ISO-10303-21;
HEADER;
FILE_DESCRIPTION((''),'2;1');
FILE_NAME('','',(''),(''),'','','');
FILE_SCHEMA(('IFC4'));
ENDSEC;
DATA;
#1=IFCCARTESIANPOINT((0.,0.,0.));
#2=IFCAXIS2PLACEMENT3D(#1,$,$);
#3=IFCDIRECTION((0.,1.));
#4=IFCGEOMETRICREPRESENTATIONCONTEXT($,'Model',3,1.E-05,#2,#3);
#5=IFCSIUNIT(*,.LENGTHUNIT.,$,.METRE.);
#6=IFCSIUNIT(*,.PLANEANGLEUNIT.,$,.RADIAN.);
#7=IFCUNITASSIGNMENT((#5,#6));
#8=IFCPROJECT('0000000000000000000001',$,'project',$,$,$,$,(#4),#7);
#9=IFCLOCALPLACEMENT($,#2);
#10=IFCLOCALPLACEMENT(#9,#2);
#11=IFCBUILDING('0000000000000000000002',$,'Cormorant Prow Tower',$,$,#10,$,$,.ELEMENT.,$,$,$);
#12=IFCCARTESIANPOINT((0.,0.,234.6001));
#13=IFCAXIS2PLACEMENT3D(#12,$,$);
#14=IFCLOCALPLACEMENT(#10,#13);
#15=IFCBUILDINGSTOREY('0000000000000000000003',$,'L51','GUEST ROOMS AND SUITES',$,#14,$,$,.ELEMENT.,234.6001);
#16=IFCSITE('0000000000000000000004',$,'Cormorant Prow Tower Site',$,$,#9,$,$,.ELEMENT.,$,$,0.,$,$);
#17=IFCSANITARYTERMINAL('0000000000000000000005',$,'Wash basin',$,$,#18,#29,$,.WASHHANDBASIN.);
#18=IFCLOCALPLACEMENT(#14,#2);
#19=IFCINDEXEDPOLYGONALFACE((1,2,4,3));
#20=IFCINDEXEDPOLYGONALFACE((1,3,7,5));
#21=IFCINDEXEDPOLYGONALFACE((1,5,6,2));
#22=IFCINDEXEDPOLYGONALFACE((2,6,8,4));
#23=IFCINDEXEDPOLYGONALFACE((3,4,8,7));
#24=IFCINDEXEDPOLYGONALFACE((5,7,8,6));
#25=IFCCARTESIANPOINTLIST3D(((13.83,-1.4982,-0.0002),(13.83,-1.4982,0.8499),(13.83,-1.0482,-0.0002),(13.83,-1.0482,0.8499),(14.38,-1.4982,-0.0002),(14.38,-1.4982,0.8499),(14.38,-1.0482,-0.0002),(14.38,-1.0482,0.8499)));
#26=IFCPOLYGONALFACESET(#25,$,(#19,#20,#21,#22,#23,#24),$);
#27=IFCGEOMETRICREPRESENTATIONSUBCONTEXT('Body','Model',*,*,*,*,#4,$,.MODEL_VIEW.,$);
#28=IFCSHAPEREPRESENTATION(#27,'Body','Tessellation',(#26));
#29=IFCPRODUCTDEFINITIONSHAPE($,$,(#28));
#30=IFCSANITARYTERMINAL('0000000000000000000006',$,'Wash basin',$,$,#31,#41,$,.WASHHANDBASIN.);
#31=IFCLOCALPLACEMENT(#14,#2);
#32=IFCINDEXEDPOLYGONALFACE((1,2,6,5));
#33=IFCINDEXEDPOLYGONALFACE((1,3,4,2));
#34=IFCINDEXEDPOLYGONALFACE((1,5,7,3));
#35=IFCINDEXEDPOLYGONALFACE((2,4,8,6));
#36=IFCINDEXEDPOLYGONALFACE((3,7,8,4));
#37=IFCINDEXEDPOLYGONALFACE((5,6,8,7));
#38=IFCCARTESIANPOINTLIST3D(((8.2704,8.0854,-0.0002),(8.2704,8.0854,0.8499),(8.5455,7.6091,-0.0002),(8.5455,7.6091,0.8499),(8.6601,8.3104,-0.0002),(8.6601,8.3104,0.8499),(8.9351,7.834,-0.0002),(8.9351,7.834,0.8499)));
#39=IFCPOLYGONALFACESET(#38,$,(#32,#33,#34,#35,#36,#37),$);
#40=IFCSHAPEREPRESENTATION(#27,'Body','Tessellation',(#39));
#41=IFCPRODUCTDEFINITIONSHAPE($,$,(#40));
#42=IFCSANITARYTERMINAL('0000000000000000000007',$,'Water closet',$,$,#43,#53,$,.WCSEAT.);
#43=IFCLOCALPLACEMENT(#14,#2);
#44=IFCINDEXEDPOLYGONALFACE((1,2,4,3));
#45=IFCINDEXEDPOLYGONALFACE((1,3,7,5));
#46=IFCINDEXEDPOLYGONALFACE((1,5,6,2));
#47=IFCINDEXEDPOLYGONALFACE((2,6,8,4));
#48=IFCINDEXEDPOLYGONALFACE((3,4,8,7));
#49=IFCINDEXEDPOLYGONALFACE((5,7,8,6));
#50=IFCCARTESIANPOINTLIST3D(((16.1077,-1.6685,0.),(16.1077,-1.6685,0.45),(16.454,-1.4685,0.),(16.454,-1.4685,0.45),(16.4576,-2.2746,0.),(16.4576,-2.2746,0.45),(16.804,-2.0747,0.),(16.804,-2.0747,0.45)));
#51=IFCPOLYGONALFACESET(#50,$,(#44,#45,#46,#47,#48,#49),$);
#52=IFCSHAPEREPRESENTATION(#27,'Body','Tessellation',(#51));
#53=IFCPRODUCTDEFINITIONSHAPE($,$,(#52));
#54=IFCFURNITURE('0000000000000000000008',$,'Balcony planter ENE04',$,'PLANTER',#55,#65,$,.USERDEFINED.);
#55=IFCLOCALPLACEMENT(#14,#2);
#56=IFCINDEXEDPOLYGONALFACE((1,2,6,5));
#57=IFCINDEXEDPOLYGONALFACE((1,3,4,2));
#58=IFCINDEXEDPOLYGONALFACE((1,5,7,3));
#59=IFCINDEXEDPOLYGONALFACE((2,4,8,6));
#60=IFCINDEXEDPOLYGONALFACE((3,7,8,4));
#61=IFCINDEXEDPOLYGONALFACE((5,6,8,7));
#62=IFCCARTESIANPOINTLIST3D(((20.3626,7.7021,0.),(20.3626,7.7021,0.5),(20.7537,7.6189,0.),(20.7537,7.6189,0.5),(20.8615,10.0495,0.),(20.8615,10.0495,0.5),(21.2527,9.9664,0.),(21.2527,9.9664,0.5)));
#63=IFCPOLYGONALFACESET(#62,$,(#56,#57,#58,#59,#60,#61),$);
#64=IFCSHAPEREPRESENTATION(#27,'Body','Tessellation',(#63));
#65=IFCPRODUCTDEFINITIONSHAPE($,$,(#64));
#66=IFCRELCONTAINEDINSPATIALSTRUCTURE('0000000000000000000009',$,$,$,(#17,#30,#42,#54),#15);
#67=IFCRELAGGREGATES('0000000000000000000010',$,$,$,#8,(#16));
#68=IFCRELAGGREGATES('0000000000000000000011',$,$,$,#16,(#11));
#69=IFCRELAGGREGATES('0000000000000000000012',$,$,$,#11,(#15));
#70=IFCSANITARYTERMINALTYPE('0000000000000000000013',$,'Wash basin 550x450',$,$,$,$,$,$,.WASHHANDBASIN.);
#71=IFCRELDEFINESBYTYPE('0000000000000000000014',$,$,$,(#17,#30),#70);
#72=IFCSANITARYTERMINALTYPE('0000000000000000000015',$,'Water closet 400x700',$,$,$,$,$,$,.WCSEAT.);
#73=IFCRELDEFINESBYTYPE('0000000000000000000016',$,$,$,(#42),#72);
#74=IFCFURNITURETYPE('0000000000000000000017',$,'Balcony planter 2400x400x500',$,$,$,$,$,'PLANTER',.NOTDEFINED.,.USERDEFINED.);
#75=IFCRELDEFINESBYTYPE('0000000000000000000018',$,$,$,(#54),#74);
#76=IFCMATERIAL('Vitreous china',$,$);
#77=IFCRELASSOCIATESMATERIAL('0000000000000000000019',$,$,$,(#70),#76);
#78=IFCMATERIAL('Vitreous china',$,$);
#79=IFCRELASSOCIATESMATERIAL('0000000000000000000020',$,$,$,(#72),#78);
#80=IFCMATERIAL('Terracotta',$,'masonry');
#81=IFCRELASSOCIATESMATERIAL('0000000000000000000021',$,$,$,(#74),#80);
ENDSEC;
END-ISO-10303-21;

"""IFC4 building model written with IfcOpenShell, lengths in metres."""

from ifc_helpers import new_model, si_unit, direction, frame, origin, origin_2d, place, context, subcontext, project, spatial, rectangle, extrude, material, type_object, element, save


model = new_model("IFC4")

# Units and contexts
model_context = context("Model", 3, precision=1e-05, world=origin(), true_north=direction((0.0, 1.0)))
body_context = subcontext(model_context, "Body", "Model", "MODEL_VIEW")
ifc_project = project(units=[si_unit("LENGTHUNIT", "METRE"), si_unit("PLANEANGLEUNIT", "RADIAN")], contexts=[model_context])

# Site, building, storey
site_placement = place(None, origin())
site = spatial("IfcSite", under=ifc_project, at=site_placement, Name="Cormorant Prow Tower Site", CompositionType="ELEMENT", RefElevation=0.0)
building_placement = place(site_placement, origin())
building = spatial("IfcBuilding", under=site, at=building_placement, Name="Cormorant Prow Tower", CompositionType="ELEMENT")
storey_placement = place(building_placement, frame((0.0, 0.0, 234.6001)))
storey = spatial("IfcBuildingStorey", under=building, at=storey_placement, Name="L51", Description="GUEST ROOMS AND SUITES", CompositionType="ELEMENT", Elevation=234.6001)

# Sanitary terminals
ifc_material_1 = material(Name="Vitreous china")
sanitary_terminal_type_1 = type_object("IfcSanitaryTerminalType", Name="Wash basin 550x450", PredefinedType="WASHHANDBASIN", material=ifc_material_1)
for number, where, z_axis, x_axis, name in (
    (1, (14.105, -1.2732, -0.0002), (0.0, 0.0, 1.0), (1.0, 0.0, 0.0), "Wash basin"),
    (2, (8.6028, 7.9597, -0.0002), (0.0, 0.0, 1.0), (-0.5, 0.866025, 0.0), "Wash basin"),
):
    element("IfcSanitaryTerminal", number, at=place(storey_placement, frame(where, z_axis=z_axis, x_axis=x_axis)), inside=storey, type_object=sanitary_terminal_type_1, Name=name, PredefinedType="WASHHANDBASIN", context=body_context, shape_type="SweptSolid", body=[
        extrude(rectangle(XDim=0.55, YDim=0.45, at=origin_2d()), origin(), (0.0, 0.0, 1.0), 0.8501),
    ])
ifc_material_2 = material(Name="Vitreous china")
sanitary_terminal_type_2 = type_object("IfcSanitaryTerminalType", Name="Water closet 400x700", PredefinedType="WCSEAT", material=ifc_material_2)
sanitary_terminal_placement = place(storey_placement, frame((16.4558, -1.8716, 0.0), z_axis=(0.0, 0.0, 1.0), x_axis=(-0.866025, -0.5, 0.0)))
element("IfcSanitaryTerminal", 3, at=sanitary_terminal_placement, inside=storey, type_object=sanitary_terminal_type_2, Name="Water closet", PredefinedType="WCSEAT", context=body_context, shape_type="SweptSolid", body=[
    extrude(rectangle(XDim=0.3999, YDim=0.7, at=origin_2d()), origin(), (0.0, 0.0, 1.0), 0.45),
])

# Furniture
ifc_material_3 = material(Name="Terracotta", Category="masonry")
furniture_type = type_object("IfcFurnitureType", Name="Balcony planter 2400x400x500", ElementType="PLANTER", AssemblyPlace="NOTDEFINED", PredefinedType="USERDEFINED", material=ifc_material_3)
furniture_placement = place(storey_placement, frame((20.8076, 8.8342, 0.0), z_axis=(0.0, 0.0, 1.0), x_axis=(0.207912, 0.978148, 0.0)))
element("IfcFurniture", 4, at=furniture_placement, inside=storey, type_object=furniture_type, Name="Balcony planter ENE04", ObjectType="PLANTER", PredefinedType="USERDEFINED", context=body_context, shape_type="SweptSolid", body=[
    extrude(rectangle(XDim=2.3999, YDim=0.3999, at=origin_2d()), origin(), (0.0, 0.0, 1.0), 0.5),
])

save(model, "model.ifc")
